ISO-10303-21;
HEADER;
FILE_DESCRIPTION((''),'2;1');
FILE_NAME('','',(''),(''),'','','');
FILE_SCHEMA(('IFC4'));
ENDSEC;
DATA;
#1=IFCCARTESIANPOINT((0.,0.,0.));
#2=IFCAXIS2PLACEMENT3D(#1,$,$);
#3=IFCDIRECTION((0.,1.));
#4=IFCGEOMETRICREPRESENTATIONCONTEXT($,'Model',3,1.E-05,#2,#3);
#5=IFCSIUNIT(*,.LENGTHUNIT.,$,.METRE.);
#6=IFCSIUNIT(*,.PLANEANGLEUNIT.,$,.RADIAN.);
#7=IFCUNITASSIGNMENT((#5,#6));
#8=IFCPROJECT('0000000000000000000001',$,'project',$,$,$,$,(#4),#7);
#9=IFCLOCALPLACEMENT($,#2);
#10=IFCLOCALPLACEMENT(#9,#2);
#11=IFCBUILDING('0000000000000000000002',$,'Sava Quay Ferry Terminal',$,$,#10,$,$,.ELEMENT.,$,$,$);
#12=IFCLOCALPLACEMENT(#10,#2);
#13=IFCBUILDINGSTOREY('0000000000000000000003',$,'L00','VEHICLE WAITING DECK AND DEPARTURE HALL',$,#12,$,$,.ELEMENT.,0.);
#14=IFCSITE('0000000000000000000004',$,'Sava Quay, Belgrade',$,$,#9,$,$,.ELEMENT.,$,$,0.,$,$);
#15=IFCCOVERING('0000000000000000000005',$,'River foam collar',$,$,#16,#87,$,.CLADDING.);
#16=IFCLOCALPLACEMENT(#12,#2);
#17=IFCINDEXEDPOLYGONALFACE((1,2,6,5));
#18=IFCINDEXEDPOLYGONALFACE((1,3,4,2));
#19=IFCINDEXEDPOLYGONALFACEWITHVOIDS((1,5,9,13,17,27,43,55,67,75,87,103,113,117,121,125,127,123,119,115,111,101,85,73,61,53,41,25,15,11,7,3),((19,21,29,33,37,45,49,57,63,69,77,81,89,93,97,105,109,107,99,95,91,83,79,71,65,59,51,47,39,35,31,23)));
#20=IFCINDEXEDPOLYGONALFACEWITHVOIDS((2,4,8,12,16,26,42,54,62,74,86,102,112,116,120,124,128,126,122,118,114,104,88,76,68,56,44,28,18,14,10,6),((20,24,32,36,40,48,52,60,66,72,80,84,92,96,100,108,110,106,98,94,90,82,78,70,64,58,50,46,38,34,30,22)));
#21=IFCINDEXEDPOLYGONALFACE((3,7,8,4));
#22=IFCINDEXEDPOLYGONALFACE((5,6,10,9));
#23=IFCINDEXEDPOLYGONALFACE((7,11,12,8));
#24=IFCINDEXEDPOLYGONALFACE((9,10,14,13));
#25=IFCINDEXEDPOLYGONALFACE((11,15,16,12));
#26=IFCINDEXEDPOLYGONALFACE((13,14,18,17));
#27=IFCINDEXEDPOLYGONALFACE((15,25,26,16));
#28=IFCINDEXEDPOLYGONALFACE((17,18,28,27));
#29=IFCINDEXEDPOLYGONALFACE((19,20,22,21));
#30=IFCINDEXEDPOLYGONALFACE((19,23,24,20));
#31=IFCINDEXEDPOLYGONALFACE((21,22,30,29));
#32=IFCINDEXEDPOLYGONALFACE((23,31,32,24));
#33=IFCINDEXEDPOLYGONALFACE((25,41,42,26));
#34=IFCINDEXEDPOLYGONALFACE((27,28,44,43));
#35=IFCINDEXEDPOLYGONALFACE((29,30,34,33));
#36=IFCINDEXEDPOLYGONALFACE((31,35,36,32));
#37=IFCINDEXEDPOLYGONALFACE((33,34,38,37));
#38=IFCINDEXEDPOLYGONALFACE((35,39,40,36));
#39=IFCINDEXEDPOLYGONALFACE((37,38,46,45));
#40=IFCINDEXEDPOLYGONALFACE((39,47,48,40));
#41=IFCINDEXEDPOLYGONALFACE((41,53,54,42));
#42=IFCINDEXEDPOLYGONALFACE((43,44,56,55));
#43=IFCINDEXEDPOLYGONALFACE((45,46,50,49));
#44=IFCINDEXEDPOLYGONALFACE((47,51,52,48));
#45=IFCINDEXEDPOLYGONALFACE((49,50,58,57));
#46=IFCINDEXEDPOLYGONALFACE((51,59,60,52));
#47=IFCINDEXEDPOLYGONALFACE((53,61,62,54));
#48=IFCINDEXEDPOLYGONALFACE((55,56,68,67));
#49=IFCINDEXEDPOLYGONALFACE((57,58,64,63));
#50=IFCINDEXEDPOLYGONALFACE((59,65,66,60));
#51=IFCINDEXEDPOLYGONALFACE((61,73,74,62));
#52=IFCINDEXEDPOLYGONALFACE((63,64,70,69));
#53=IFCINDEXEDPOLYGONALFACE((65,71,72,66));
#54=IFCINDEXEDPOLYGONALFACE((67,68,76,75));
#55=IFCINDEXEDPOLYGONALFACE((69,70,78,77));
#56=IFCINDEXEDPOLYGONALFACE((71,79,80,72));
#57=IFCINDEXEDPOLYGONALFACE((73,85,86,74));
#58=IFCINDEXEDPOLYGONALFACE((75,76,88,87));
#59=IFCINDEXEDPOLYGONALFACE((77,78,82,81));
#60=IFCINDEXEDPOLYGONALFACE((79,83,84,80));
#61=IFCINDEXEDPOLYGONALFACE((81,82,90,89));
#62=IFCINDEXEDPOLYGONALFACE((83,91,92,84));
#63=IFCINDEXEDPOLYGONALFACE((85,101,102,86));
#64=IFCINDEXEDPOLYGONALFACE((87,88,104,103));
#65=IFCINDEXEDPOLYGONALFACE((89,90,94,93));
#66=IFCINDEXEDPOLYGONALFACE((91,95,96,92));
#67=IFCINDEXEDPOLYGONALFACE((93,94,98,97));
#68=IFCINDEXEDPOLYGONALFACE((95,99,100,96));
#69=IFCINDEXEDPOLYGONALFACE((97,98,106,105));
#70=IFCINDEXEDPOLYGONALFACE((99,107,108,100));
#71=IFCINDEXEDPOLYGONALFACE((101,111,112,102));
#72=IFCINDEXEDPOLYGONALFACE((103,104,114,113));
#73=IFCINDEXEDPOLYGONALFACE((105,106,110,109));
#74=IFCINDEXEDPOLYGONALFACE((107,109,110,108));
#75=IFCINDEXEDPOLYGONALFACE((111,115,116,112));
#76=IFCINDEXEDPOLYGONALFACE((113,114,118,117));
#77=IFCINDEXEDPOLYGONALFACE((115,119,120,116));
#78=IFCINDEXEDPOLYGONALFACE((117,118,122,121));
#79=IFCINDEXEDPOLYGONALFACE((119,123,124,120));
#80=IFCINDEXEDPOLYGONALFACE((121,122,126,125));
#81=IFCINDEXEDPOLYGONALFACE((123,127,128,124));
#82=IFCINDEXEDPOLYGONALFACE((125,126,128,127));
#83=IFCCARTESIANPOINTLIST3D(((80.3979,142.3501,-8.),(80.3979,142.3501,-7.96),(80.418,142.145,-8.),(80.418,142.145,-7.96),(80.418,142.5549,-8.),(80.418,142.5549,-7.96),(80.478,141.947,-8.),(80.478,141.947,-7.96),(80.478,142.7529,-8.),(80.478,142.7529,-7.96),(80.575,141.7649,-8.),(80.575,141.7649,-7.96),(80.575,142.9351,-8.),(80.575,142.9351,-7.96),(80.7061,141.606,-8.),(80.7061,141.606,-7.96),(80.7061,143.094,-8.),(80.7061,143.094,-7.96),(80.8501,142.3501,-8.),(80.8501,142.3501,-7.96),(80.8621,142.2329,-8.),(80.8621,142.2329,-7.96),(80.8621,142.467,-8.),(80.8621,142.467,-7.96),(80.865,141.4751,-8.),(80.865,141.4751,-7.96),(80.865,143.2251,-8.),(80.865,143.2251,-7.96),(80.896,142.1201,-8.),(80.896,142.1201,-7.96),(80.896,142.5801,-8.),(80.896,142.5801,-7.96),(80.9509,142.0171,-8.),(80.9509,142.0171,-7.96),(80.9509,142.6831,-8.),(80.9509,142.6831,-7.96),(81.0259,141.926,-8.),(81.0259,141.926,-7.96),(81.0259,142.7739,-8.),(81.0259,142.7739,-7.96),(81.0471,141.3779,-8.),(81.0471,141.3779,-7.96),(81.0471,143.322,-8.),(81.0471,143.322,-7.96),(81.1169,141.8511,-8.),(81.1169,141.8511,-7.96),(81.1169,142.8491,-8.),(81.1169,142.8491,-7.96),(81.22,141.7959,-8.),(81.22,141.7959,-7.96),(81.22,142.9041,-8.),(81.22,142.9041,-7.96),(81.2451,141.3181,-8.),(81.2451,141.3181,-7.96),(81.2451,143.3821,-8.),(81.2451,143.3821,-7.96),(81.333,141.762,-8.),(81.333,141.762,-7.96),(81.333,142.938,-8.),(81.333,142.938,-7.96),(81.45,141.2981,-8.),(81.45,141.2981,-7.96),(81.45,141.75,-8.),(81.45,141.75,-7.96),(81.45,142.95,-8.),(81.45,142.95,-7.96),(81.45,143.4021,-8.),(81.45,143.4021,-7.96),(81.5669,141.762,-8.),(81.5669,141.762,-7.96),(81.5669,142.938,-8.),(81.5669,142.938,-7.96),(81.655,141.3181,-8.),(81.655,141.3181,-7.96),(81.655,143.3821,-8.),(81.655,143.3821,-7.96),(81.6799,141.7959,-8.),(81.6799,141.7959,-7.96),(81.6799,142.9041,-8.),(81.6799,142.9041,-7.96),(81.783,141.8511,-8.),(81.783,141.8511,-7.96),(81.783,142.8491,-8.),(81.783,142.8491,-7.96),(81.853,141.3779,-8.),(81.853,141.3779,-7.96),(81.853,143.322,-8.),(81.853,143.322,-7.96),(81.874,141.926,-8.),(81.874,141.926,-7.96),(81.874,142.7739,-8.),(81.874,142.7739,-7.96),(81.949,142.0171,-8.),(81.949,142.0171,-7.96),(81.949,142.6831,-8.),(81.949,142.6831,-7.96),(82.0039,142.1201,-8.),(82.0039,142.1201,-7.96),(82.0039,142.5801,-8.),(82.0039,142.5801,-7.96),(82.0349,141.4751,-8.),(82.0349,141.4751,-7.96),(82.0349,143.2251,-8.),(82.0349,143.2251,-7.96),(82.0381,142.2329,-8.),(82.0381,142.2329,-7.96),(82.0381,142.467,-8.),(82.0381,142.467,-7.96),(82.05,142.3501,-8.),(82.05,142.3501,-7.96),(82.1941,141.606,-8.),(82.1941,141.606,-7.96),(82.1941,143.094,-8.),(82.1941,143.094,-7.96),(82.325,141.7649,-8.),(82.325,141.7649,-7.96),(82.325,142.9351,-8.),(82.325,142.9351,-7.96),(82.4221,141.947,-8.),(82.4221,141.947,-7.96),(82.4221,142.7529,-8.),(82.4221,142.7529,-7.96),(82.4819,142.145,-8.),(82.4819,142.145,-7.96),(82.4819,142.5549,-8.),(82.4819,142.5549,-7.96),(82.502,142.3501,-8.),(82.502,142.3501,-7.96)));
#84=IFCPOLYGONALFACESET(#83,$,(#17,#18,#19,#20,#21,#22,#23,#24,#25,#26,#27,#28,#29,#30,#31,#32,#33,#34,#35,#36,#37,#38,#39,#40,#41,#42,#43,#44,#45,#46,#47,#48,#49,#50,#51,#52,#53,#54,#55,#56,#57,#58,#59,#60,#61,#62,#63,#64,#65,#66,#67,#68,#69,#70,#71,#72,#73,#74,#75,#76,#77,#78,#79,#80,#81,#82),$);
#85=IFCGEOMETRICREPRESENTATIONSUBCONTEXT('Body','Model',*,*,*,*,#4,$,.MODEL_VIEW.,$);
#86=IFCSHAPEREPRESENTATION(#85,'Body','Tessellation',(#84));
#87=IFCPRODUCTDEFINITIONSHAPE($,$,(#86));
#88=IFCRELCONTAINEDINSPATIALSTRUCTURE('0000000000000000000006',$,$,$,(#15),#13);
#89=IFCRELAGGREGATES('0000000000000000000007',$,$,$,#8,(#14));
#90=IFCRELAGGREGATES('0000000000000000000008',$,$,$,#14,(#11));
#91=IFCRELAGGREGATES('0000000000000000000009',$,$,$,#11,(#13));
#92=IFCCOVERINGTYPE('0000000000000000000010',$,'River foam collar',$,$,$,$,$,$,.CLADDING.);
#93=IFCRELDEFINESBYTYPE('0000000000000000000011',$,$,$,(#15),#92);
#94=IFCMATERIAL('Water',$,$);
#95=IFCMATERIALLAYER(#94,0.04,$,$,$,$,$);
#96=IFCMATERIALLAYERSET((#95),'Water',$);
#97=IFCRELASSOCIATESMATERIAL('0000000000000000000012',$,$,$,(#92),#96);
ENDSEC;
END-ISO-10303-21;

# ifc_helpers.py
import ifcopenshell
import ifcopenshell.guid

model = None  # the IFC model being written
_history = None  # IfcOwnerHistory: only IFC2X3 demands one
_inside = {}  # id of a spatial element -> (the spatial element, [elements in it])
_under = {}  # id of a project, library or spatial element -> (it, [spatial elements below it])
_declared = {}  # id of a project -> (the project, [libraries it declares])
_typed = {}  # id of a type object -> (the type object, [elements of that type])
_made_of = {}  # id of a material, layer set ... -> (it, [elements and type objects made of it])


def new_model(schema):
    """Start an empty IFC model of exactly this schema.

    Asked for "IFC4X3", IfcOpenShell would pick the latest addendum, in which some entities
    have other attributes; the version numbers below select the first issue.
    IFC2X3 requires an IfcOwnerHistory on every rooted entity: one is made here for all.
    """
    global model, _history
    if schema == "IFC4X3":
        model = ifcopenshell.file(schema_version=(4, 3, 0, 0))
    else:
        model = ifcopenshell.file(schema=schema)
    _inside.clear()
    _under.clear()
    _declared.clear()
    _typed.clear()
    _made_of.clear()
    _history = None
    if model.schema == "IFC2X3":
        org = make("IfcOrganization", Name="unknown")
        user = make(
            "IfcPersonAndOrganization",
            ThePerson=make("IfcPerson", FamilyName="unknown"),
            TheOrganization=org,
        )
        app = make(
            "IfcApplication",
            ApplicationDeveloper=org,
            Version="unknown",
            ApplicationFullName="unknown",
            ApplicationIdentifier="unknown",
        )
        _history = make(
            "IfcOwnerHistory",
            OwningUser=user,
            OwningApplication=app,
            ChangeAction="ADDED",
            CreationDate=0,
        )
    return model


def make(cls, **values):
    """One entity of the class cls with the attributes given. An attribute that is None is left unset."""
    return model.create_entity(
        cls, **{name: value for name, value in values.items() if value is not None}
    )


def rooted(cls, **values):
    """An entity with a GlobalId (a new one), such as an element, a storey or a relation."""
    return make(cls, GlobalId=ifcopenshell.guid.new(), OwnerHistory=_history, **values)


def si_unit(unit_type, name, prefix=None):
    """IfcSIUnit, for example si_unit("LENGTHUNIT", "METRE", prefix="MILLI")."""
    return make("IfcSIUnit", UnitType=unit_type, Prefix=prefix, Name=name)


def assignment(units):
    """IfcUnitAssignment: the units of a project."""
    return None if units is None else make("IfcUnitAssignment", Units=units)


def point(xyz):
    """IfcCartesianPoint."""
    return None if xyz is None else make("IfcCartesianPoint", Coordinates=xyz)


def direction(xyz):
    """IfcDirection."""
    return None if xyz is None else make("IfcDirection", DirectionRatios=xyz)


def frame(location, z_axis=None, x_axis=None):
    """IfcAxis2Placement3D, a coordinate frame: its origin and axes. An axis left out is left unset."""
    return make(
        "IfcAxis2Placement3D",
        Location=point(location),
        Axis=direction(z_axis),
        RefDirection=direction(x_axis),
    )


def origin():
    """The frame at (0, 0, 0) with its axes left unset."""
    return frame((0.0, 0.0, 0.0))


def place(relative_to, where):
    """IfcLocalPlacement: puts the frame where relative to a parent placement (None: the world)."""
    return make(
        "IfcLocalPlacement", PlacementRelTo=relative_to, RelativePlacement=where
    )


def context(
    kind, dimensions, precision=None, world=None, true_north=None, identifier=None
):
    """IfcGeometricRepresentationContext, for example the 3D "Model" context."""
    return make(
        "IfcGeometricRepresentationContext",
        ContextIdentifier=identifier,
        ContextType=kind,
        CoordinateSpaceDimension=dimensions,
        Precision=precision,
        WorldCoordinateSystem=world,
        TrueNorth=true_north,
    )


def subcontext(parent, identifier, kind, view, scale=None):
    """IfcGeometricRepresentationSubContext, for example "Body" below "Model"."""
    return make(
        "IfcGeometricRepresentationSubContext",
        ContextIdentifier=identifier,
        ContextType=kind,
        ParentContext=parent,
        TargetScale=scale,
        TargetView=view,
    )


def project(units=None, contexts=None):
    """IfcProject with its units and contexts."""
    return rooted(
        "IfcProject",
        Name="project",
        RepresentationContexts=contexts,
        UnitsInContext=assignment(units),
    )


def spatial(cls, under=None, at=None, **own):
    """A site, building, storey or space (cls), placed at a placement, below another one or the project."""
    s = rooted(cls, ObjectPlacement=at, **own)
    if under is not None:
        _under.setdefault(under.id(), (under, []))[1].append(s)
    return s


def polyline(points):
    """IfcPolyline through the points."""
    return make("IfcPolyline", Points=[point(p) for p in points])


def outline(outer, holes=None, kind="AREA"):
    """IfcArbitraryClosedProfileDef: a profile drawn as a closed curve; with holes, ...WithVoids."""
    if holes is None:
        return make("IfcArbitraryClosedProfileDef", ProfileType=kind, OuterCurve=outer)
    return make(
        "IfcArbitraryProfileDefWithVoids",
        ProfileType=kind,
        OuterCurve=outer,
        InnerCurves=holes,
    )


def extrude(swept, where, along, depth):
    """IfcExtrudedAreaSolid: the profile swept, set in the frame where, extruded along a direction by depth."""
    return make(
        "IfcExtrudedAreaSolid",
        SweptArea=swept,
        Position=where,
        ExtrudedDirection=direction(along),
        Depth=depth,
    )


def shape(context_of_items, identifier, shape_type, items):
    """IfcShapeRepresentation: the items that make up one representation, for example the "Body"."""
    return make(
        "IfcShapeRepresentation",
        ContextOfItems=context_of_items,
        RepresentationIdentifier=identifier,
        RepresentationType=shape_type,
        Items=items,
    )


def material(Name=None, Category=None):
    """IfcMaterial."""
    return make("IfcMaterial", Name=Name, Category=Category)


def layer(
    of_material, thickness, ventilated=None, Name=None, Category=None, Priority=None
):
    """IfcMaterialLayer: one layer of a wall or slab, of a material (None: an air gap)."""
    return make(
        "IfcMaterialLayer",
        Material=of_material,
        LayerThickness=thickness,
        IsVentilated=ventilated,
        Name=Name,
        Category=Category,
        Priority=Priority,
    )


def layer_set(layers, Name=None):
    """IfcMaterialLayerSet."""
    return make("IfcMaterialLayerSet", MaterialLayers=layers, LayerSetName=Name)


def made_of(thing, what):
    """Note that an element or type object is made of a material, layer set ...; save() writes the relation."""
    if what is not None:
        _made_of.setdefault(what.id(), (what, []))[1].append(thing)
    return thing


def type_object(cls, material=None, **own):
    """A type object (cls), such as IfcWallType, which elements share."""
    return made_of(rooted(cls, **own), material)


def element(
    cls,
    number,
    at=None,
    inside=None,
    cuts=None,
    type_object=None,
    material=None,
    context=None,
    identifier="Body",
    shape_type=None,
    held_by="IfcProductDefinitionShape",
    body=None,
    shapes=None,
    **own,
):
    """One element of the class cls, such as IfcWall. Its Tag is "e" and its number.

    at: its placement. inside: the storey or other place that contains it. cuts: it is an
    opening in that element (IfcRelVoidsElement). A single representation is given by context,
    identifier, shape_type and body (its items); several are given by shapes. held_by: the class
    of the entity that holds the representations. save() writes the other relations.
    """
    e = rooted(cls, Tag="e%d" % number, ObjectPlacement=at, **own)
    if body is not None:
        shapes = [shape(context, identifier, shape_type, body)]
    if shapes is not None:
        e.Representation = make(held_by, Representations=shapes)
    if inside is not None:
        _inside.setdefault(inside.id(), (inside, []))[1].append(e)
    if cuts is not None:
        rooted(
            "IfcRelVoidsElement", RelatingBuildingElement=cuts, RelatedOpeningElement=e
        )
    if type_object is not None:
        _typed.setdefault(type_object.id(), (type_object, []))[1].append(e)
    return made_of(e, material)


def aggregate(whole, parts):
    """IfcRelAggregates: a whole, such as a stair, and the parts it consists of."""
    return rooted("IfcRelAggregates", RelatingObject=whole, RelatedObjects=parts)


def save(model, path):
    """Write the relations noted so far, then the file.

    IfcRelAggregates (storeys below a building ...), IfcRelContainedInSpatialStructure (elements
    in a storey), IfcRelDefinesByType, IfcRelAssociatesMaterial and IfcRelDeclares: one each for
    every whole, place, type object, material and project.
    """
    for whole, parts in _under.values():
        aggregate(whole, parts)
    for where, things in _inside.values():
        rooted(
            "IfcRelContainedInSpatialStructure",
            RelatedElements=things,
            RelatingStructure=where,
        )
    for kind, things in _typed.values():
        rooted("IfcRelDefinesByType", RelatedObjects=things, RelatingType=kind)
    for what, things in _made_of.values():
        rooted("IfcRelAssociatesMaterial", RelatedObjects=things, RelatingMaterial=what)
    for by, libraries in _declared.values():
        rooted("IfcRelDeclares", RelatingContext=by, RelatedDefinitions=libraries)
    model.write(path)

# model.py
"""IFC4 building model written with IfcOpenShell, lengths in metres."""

from ifc_helpers import new_model, si_unit, direction, frame, origin, place, context, subcontext, project, spatial, polyline, outline, extrude, material, layer, layer_set, type_object, element, save


model = new_model("IFC4")

# Units and contexts
model_context = context("Model", 3, precision=1e-05, world=origin(), true_north=direction((0.0, 1.0)))
body_context = subcontext(model_context, "Body", "Model", "MODEL_VIEW")
ifc_project = project(units=[si_unit("LENGTHUNIT", "METRE"), si_unit("PLANEANGLEUNIT", "RADIAN")], contexts=[model_context])

# Site, building, storey
site_placement = place(None, origin())
site = spatial("IfcSite", under=ifc_project, at=site_placement, Name="Sava Quay, Belgrade", CompositionType="ELEMENT", RefElevation=0.0)
building_placement = place(site_placement, origin())
building = spatial("IfcBuilding", under=site, at=building_placement, Name="Sava Quay Ferry Terminal", CompositionType="ELEMENT")
storey_placement = place(building_placement, origin())
storey = spatial("IfcBuildingStorey", under=building, at=storey_placement, Name="L00", Description="VEHICLE WAITING DECK AND DEPARTURE HALL", CompositionType="ELEMENT", Elevation=0.0)

# Covering
ifc_material = material(Name="Water")
ifc_layer = layer(ifc_material, 0.04)
ifc_layer_set = layer_set([ifc_layer], Name="Water")
covering_type = type_object("IfcCoveringType", Name="River foam collar", PredefinedType="CLADDING", material=ifc_layer_set)
covering_1_placement = place(storey_placement, frame((0.0, 0.0, -8.0)))
element("IfcCovering", 1, at=covering_1_placement, inside=storey, type_object=covering_type, Name="River foam collar", PredefinedType="CLADDING", context=body_context, shape_type="SweptSolid", body=[
    extrude(outline(polyline([(82.1941, 141.606), (82.325, 141.7649), (82.4221, 141.947), (82.4819, 142.145), (82.502, 142.3501), (82.4819, 142.5549), (82.4221, 142.7529), (82.325, 142.9351), (82.1941, 143.094), (82.0349, 143.2251), (81.853, 143.322), (81.655, 143.3821), (81.45, 143.4021), (81.2451, 143.3821), (81.0471, 143.322), (80.865, 143.2251), (80.7061, 143.094), (80.575, 142.9351), (80.478, 142.7529), (80.418, 142.5549), (80.3979, 142.3501), (80.418, 142.145), (80.478, 141.947), (80.575, 141.7649), (80.7061, 141.606), (80.865, 141.4751), (81.0471, 141.3779), (81.2451, 141.3181), (81.45, 141.2981), (81.655, 141.3181), (81.853, 141.3779), (82.0349, 141.4751), (82.1941, 141.606)]), holes=[polyline([(81.874, 142.7739), (81.949, 142.6831), (82.0039, 142.5801), (82.0381, 142.467), (82.05, 142.3501), (82.0381, 142.2329), (82.0039, 142.1201), (81.949, 142.0171), (81.874, 141.926), (81.783, 141.8511), (81.6799, 141.7959), (81.5669, 141.762), (81.45, 141.75), (81.333, 141.762), (81.22, 141.7959), (81.1169, 141.8511), (81.0259, 141.926), (80.9509, 142.0171), (80.896, 142.1201), (80.8621, 142.2329), (80.8501, 142.3501), (80.8621, 142.467), (80.896, 142.5801), (80.9509, 142.6831), (81.0259, 142.7739), (81.1169, 142.8491), (81.22, 142.9041), (81.333, 142.938), (81.45, 142.95), (81.5669, 142.938), (81.6799, 142.9041), (81.783, 142.8491), (81.874, 142.7739)])]), origin(), (0.0, 0.0, 1.0), 0.04),
])

save(model, "model.ifc")
